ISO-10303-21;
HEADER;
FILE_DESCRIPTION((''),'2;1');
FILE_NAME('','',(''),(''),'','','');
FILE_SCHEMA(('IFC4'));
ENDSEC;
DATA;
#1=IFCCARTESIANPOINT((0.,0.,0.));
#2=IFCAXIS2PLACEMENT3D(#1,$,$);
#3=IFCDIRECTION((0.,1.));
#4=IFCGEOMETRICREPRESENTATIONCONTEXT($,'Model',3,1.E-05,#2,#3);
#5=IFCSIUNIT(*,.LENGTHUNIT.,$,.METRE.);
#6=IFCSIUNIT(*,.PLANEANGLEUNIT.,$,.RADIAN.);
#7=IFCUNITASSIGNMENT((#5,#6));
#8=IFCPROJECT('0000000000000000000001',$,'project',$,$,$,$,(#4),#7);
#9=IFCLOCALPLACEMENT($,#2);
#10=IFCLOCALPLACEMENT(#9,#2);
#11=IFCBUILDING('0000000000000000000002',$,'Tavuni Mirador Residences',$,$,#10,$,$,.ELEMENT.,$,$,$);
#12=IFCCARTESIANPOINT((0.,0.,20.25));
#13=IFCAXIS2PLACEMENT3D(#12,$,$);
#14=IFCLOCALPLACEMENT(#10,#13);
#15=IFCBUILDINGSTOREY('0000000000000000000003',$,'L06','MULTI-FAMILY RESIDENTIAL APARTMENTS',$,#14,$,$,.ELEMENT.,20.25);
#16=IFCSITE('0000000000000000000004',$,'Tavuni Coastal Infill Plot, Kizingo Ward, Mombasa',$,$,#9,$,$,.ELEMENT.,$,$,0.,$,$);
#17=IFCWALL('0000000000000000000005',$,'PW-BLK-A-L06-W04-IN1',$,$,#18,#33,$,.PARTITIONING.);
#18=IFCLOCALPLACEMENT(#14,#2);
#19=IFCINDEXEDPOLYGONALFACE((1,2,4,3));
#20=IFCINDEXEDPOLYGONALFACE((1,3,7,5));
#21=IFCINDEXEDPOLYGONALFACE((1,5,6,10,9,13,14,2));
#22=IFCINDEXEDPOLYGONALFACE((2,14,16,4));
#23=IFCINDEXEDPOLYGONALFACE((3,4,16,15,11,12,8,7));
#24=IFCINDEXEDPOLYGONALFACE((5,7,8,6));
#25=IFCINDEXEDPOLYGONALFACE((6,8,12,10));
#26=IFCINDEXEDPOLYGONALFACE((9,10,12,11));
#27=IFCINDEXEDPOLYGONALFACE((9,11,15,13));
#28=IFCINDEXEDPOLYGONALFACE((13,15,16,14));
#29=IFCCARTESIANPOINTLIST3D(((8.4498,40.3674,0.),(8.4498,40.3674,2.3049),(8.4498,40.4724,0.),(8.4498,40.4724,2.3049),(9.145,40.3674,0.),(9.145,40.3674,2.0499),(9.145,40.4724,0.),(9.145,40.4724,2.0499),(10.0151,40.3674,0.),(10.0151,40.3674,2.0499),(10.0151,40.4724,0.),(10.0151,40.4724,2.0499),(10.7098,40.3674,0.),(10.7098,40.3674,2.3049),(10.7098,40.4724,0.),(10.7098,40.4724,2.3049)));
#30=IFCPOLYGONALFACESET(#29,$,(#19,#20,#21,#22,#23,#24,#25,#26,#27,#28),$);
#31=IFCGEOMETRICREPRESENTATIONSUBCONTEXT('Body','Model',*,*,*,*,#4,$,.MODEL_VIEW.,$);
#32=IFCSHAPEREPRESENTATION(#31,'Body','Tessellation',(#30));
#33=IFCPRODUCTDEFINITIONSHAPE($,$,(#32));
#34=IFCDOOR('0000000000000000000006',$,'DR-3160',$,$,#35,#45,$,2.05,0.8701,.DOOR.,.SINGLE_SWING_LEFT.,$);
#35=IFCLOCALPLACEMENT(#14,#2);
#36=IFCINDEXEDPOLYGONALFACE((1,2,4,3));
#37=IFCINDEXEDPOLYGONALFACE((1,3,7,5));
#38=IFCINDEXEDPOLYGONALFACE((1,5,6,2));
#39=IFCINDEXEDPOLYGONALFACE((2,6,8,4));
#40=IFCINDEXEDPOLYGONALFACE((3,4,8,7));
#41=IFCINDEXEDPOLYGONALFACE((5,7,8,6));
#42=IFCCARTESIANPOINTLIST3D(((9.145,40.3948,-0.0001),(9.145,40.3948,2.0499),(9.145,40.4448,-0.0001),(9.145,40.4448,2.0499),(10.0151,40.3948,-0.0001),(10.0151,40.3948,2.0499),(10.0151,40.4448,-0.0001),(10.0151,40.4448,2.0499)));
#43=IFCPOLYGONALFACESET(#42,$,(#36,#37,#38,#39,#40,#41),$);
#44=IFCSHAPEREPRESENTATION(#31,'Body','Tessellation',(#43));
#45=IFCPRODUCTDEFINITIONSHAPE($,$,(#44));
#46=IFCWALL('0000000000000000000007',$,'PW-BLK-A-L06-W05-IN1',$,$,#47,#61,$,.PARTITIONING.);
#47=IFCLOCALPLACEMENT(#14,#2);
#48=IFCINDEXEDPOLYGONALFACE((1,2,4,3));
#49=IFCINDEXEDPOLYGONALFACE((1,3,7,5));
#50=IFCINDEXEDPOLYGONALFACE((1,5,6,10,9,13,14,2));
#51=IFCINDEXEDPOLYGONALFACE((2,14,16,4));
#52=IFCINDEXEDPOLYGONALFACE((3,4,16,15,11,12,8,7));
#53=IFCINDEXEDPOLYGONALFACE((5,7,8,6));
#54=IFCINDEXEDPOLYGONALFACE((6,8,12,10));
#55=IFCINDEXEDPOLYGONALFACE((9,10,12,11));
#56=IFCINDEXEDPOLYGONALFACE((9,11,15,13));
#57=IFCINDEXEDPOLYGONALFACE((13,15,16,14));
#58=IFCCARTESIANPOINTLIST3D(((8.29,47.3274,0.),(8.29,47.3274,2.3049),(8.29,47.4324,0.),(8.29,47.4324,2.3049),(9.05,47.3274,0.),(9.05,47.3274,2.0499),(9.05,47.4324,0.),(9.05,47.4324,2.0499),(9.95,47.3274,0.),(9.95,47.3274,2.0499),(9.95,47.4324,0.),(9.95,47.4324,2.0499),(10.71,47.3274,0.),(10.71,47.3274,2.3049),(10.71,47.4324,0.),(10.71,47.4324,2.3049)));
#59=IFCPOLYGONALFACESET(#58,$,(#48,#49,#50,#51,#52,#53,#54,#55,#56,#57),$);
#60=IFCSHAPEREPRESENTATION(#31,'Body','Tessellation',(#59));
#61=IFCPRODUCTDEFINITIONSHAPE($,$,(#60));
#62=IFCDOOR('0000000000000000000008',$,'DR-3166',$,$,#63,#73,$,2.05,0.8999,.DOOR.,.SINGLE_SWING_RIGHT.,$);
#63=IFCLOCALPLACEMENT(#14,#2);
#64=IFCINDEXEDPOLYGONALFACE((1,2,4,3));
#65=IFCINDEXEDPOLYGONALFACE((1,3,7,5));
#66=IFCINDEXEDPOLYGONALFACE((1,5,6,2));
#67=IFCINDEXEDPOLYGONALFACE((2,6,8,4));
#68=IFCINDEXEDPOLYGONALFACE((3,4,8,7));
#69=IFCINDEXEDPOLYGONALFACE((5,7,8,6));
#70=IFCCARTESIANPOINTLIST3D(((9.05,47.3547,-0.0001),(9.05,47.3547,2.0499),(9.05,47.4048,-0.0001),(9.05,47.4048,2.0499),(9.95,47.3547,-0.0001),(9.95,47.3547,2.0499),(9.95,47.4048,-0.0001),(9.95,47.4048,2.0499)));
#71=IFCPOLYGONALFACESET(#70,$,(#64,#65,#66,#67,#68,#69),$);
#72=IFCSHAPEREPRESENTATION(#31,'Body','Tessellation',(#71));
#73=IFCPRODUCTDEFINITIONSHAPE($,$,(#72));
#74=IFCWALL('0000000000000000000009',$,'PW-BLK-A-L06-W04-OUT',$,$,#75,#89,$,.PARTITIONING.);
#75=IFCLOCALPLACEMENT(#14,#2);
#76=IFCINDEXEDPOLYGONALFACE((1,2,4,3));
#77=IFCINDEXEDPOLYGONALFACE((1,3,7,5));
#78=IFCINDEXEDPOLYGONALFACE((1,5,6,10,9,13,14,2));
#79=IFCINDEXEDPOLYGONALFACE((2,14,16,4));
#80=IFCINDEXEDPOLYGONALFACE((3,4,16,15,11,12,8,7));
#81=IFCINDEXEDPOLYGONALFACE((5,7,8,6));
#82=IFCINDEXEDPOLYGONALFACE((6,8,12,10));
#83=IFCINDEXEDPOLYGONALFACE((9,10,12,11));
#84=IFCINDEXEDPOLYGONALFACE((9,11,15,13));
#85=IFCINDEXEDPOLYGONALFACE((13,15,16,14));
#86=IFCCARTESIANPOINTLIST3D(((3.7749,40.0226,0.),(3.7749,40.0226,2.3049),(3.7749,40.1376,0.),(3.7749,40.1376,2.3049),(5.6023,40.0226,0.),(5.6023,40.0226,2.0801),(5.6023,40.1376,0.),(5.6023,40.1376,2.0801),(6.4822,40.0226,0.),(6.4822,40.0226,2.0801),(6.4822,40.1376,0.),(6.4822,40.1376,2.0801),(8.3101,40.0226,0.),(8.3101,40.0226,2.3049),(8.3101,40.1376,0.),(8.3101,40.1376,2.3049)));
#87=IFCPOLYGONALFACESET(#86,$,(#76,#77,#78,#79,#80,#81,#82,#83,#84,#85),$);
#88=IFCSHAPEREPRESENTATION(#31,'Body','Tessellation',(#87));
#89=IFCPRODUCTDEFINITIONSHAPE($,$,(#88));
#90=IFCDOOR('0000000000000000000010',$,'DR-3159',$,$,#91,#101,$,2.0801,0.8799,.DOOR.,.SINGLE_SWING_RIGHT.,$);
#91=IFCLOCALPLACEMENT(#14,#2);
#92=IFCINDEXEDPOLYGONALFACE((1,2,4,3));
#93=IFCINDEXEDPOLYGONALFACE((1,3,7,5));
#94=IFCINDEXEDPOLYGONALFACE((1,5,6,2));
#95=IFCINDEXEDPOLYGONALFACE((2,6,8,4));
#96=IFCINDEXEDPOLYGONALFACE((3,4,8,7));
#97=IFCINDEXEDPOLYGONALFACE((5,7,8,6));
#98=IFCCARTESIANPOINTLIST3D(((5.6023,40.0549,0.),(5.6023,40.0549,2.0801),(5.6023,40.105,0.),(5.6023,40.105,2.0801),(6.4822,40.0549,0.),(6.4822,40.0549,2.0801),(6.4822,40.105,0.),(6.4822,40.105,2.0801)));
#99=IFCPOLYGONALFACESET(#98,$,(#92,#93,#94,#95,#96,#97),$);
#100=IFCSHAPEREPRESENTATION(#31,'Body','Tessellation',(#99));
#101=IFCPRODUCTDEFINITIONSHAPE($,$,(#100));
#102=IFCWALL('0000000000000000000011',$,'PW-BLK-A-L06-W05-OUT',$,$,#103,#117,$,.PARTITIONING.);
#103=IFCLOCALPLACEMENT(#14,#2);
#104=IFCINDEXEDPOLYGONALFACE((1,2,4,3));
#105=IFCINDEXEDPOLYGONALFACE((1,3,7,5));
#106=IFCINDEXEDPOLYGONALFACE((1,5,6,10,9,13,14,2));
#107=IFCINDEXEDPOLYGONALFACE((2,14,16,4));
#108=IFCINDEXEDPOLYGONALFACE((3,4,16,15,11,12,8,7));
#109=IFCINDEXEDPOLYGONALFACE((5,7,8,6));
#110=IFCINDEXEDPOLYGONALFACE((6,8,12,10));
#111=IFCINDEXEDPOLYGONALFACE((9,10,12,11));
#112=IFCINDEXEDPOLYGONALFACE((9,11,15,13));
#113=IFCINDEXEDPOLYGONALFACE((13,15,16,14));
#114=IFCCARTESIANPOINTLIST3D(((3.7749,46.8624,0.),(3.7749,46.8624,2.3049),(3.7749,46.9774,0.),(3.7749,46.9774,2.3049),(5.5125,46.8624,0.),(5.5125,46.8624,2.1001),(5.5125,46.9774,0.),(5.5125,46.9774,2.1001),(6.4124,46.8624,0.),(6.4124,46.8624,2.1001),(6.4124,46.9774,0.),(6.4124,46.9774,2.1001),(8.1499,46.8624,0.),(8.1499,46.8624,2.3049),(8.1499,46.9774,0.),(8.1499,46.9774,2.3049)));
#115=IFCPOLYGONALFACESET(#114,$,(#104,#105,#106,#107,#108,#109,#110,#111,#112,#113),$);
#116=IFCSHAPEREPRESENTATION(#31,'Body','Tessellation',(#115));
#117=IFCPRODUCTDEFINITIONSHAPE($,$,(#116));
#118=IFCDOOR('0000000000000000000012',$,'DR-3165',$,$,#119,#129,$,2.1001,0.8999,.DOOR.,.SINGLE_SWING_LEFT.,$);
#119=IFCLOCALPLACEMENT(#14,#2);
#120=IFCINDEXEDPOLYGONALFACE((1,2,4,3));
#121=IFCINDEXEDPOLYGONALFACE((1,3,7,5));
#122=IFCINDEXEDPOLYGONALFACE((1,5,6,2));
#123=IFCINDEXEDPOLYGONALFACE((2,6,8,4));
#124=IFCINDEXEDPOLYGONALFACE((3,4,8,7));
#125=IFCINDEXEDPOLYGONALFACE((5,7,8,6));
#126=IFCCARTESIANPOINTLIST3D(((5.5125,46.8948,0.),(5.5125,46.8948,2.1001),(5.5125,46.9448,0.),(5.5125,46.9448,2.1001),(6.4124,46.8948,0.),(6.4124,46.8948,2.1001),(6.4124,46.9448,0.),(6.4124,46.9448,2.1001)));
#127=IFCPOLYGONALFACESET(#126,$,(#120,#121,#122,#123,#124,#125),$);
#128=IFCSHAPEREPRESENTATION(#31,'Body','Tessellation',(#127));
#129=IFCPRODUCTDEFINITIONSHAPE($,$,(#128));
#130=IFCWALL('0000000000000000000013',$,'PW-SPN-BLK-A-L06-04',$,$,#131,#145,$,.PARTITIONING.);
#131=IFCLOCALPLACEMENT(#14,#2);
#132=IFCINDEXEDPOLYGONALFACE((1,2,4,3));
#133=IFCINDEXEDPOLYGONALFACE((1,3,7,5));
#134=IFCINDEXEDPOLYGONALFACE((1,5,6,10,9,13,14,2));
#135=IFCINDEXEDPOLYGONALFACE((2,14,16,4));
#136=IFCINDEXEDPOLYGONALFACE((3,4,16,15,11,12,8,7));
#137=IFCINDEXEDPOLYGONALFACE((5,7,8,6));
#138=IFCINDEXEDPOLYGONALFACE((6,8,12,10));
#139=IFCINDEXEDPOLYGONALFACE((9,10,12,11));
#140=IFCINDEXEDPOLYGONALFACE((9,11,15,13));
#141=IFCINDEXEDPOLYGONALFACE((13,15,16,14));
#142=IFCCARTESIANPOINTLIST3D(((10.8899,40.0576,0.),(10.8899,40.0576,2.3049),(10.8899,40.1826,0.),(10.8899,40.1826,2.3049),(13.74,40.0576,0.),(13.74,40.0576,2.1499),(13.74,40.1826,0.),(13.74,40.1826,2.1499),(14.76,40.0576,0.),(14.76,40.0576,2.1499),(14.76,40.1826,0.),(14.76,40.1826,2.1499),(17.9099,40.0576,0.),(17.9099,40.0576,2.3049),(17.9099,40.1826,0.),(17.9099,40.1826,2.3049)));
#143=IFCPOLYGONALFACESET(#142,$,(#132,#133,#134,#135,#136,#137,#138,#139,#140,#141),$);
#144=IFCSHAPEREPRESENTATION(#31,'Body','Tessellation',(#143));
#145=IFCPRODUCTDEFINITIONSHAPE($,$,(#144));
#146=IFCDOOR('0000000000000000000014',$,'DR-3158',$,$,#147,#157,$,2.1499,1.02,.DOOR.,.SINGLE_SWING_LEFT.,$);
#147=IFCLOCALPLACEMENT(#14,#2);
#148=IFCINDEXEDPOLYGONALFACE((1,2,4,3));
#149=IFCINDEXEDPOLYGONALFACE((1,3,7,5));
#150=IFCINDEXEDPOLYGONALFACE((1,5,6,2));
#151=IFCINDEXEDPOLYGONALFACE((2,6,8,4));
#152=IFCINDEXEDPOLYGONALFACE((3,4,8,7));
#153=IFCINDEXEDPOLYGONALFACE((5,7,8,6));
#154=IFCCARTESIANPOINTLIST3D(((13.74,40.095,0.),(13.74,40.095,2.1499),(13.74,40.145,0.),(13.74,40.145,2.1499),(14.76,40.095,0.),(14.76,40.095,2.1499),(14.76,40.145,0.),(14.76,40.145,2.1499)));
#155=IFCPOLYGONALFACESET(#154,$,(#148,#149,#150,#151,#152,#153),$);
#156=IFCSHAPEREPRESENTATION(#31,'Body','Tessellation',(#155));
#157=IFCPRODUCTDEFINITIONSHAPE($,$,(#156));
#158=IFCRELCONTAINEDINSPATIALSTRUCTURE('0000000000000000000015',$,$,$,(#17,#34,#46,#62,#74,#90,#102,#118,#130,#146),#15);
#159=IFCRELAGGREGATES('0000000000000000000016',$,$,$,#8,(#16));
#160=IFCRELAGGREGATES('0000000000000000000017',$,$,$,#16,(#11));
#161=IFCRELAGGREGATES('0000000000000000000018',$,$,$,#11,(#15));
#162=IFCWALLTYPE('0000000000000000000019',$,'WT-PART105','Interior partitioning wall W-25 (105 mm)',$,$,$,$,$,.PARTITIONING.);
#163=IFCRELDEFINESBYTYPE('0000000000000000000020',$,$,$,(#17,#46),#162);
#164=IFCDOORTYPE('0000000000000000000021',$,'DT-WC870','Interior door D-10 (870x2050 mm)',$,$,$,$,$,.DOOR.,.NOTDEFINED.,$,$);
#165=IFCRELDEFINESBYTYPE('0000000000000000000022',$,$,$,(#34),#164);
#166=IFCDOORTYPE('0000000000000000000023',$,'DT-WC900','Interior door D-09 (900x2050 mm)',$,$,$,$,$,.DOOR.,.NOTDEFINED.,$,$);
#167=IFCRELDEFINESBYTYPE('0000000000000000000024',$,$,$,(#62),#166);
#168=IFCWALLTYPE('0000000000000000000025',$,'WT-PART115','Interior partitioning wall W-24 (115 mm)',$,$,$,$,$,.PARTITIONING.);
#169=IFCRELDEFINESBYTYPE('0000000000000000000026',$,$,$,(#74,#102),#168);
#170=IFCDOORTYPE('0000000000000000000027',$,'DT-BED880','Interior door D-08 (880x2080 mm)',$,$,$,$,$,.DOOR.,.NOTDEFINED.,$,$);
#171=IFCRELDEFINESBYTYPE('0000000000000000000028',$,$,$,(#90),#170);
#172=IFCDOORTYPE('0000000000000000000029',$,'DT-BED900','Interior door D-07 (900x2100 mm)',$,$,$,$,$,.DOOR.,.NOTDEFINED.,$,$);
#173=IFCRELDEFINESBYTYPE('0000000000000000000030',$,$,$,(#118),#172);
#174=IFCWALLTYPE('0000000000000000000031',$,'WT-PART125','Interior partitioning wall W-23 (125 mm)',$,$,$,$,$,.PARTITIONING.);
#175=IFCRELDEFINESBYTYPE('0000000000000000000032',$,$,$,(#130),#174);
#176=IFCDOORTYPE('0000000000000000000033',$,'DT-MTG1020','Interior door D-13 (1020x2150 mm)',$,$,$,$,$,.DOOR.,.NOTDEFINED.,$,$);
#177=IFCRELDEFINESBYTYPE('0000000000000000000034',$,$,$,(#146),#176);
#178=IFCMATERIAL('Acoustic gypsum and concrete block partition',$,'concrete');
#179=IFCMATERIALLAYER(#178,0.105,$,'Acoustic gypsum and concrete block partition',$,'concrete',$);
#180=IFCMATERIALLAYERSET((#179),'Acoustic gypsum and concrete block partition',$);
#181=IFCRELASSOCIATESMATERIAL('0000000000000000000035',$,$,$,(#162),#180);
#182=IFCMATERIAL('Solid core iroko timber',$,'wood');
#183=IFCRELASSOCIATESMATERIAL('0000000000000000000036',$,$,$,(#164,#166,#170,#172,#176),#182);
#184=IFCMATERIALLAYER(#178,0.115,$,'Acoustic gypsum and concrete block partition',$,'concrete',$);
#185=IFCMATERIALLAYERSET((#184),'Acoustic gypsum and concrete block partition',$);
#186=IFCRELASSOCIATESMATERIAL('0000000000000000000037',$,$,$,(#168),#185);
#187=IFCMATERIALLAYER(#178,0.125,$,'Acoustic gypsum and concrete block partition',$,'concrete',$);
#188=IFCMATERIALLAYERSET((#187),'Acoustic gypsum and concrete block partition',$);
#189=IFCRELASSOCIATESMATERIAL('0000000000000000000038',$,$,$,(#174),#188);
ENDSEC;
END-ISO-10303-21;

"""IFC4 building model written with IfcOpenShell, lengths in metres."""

from ifc_helpers import new_model, si_unit, direction, frame, frame_2d, origin, place, context, subcontext, project, spatial, rectangle, extrude, material, layer, layer_set, type_object, element, fill, save


model = new_model("IFC4")

# Units and contexts
model_context = context("Model", 3, precision=1e-05, world=origin(), true_north=direction((0.0, 1.0)))
body_context = subcontext(model_context, "Body", "Model", "MODEL_VIEW")
ifc_project = project(units=[si_unit("LENGTHUNIT", "METRE"), si_unit("PLANEANGLEUNIT", "RADIAN")], contexts=[model_context])

# Site, building, storey
site_placement = place(None, origin())
site = spatial("IfcSite", under=ifc_project, at=site_placement, Name="Tavuni Coastal Infill Plot, Kizingo Ward, Mombasa", CompositionType="ELEMENT", RefElevation=0.0)
building_placement = place(site_placement, origin())
building = spatial("IfcBuilding", under=site, at=building_placement, Name="Tavuni Mirador Residences", CompositionType="ELEMENT")
storey_placement = place(building_placement, frame((0.0, 0.0, 20.25)))
storey = spatial("IfcBuildingStorey", under=building, at=storey_placement, Name="L06", Description="MULTI-FAMILY RESIDENTIAL APARTMENTS", CompositionType="ELEMENT", Elevation=20.25)

# Shared definitions
ifc_material_1 = material(Name="Solid core iroko timber", Category="wood")

# Walls, openings, doors
ifc_material_2 = material(Name="Acoustic gypsum and concrete block partition", Category="concrete")
ifc_layer_1 = layer(ifc_material_2, 0.105, Name="Acoustic gypsum and concrete block partition", Category="concrete")
ifc_layer_set_1 = layer_set([ifc_layer_1], Name="Acoustic gypsum and concrete block partition")
wall_type_1 = type_object("IfcWallType", Name="WT-PART105", Description="Interior partitioning wall W-25 (105 mm)", PredefinedType="PARTITIONING", material=ifc_layer_set_1)
wall_1_placement = place(storey_placement, frame((8.45, 40.4199, 0.0), z_axis=(0.0, 0.0, 1.0), x_axis=(1.0, 0.0, 0.0)))
wall_1 = element("IfcWall", 1, at=wall_1_placement, inside=storey, type_object=wall_type_1, Name="PW-BLK-A-L06-W04-IN1", PredefinedType="PARTITIONING", context=body_context, shape_type="SweptSolid", body=[
    extrude(rectangle(XDim=2.26, YDim=0.105, at=frame_2d((1.1299, 0.0))), origin(), (0.0, 0.0, 1.0), 2.3049),
])
opening_1_placement = place(wall_1_placement, frame((0.6951, 0.0, 0.0)))
opening_1 = element("IfcOpeningElement", 2, at=opening_1_placement, cuts=wall_1, PredefinedType="OPENING", context=body_context, shape_type="SweptSolid", body=[
    extrude(rectangle(XDim=0.8701, YDim=2.05, at=frame_2d((0.4351, 1.0249))), frame((0.0, 0.0625, 0.0), z_axis=(0.0, -1.0, 0.0), x_axis=(1.0, 0.0, 0.0)), (0.0, 0.0, 1.0), 0.125),
])
door_type_1 = type_object("IfcDoorType", Name="DT-WC870", Description="Interior door D-10 (870x2050 mm)", OperationType="NOTDEFINED", PredefinedType="DOOR", material=ifc_material_1)
door_1_placement = place(opening_1_placement, origin())
door_1 = element("IfcDoor", 3, at=door_1_placement, inside=storey, type_object=door_type_1, Name="DR-3160", OperationType="SINGLE_SWING_LEFT", OverallHeight=2.05, OverallWidth=0.8701, PredefinedType="DOOR", context=body_context, shape_type="SweptSolid", body=[
    extrude(rectangle(XDim=0.8701, YDim=2.05, at=frame_2d((0.4351, 1.0249))), frame((0.0, 0.0249, 0.0), z_axis=(0.0, -1.0, 0.0), x_axis=(1.0, 0.0, 0.0)), (0.0, 0.0, 1.0), 0.05),
])
fill(opening_1, door_1)
wall_2_placement = place(storey_placement, frame((8.29, 47.3799, 0.0), z_axis=(0.0, 0.0, 1.0), x_axis=(1.0, 0.0, 0.0)))
wall_2 = element("IfcWall", 4, at=wall_2_placement, inside=storey, type_object=wall_type_1, Name="PW-BLK-A-L06-W05-IN1", PredefinedType="PARTITIONING", context=body_context, shape_type="SweptSolid", body=[
    extrude(rectangle(XDim=2.4199, YDim=0.105, at=frame_2d((1.21, 0.0))), origin(), (0.0, 0.0, 1.0), 2.3049),
])
opening_2_placement = place(wall_2_placement, frame((0.76, 0.0, 0.0)))
opening_2 = element("IfcOpeningElement", 5, at=opening_2_placement, cuts=wall_2, PredefinedType="OPENING", context=body_context, shape_type="SweptSolid", body=[
    extrude(rectangle(XDim=0.8999, YDim=2.05, at=frame_2d((0.45, 1.0249))), frame((0.0, 0.0625, 0.0), z_axis=(0.0, -1.0, 0.0), x_axis=(1.0, 0.0, 0.0)), (0.0, 0.0, 1.0), 0.125),
])
door_type_2 = type_object("IfcDoorType", Name="DT-WC900", Description="Interior door D-09 (900x2050 mm)", OperationType="NOTDEFINED", PredefinedType="DOOR", material=ifc_material_1)
door_2_placement = place(opening_2_placement, origin())
door_2 = element("IfcDoor", 6, at=door_2_placement, inside=storey, type_object=door_type_2, Name="DR-3166", OperationType="SINGLE_SWING_RIGHT", OverallHeight=2.05, OverallWidth=0.8999, PredefinedType="DOOR", context=body_context, shape_type="SweptSolid", body=[
    extrude(rectangle(XDim=0.8999, YDim=2.05, at=frame_2d((0.45, 1.0249))), frame((0.0, 0.0249, 0.0), z_axis=(0.0, -1.0, 0.0), x_axis=(1.0, 0.0, 0.0)), (0.0, 0.0, 1.0), 0.05),
])
fill(opening_2, door_2)
ifc_layer_2 = layer(ifc_material_2, 0.115, Name="Acoustic gypsum and concrete block partition", Category="concrete")
ifc_layer_set_2 = layer_set([ifc_layer_2], Name="Acoustic gypsum and concrete block partition")
wall_type_2 = type_object("IfcWallType", Name="WT-PART115", Description="Interior partitioning wall W-24 (115 mm)", PredefinedType="PARTITIONING", material=ifc_layer_set_2)
wall_3_placement = place(storey_placement, frame((3.7749, 40.0801, 0.0), z_axis=(0.0, 0.0, 1.0), x_axis=(1.0, 0.0, 0.0)))
wall_3 = element("IfcWall", 7, at=wall_3_placement, inside=storey, type_object=wall_type_2, Name="PW-BLK-A-L06-W04-OUT", PredefinedType="PARTITIONING", context=body_context, shape_type="SweptSolid", body=[
    extrude(rectangle(XDim=4.5352, YDim=0.115, at=frame_2d((2.2676, 0.0))), origin(), (0.0, 0.0, 1.0), 2.3049),
])
opening_3_placement = place(wall_3_placement, frame((1.8274, 0.0, 0.0)))
opening_3 = element("IfcOpeningElement", 8, at=opening_3_placement, cuts=wall_3, PredefinedType="OPENING", context=body_context, shape_type="SweptSolid", body=[
    extrude(rectangle(XDim=0.8799, YDim=2.0801, at=frame_2d((0.4399, 1.04))), frame((0.0, 0.0674, 0.0), z_axis=(0.0, -1.0, 0.0), x_axis=(1.0, 0.0, 0.0)), (0.0, 0.0, 1.0), 0.135),
])
door_type_3 = type_object("IfcDoorType", Name="DT-BED880", Description="Interior door D-08 (880x2080 mm)", OperationType="NOTDEFINED", PredefinedType="DOOR", material=ifc_material_1)
door_3_placement = place(opening_3_placement, origin())
door_3 = element("IfcDoor", 9, at=door_3_placement, inside=storey, type_object=door_type_3, Name="DR-3159", OperationType="SINGLE_SWING_RIGHT", OverallHeight=2.0801, OverallWidth=0.8799, PredefinedType="DOOR", context=body_context, shape_type="SweptSolid", body=[
    extrude(rectangle(XDim=0.8799, YDim=2.0801, at=frame_2d((0.4399, 1.04))), frame((0.0, 0.0249, 0.0), z_axis=(0.0, -1.0, 0.0), x_axis=(1.0, 0.0, 0.0)), (0.0, 0.0, 1.0), 0.05),
])
fill(opening_3, door_3)
wall_4_placement = place(storey_placement, frame((3.7749, 46.9199, 0.0), z_axis=(0.0, 0.0, 1.0), x_axis=(1.0, 0.0, 0.0)))
wall_4 = element("IfcWall", 10, at=wall_4_placement, inside=storey, type_object=wall_type_2, Name="PW-BLK-A-L06-W05-OUT", PredefinedType="PARTITIONING", context=body_context, shape_type="SweptSolid", body=[
    extrude(rectangle(XDim=4.375, YDim=0.115, at=frame_2d((2.1875, 0.0))), origin(), (0.0, 0.0, 1.0), 2.3049),
])
opening_4_placement = place(wall_4_placement, frame((1.7375, 0.0, 0.0)))
opening_4 = element("IfcOpeningElement", 11, at=opening_4_placement, cuts=wall_4, PredefinedType="OPENING", context=body_context, shape_type="SweptSolid", body=[
    extrude(rectangle(XDim=0.8999, YDim=2.1001, at=frame_2d((0.45, 1.05))), frame((0.0, 0.0674, 0.0), z_axis=(0.0, -1.0, 0.0), x_axis=(1.0, 0.0, 0.0)), (0.0, 0.0, 1.0), 0.135),
])
door_type_4 = type_object("IfcDoorType", Name="DT-BED900", Description="Interior door D-07 (900x2100 mm)", OperationType="NOTDEFINED", PredefinedType="DOOR", material=ifc_material_1)
door_4_placement = place(opening_4_placement, origin())
door_4 = element("IfcDoor", 12, at=door_4_placement, inside=storey, type_object=door_type_4, Name="DR-3165", OperationType="SINGLE_SWING_LEFT", OverallHeight=2.1001, OverallWidth=0.8999, PredefinedType="DOOR", context=body_context, shape_type="SweptSolid", body=[
    extrude(rectangle(XDim=0.8999, YDim=2.1001, at=frame_2d((0.45, 1.05))), frame((0.0, 0.0249, 0.0), z_axis=(0.0, -1.0, 0.0), x_axis=(1.0, 0.0, 0.0)), (0.0, 0.0, 1.0), 0.05),
])
fill(opening_4, door_4)
ifc_layer_3 = layer(ifc_material_2, 0.125, Name="Acoustic gypsum and concrete block partition", Category="concrete")
ifc_layer_set_3 = layer_set([ifc_layer_3], Name="Acoustic gypsum and concrete block partition")
wall_type_3 = type_object("IfcWallType", Name="WT-PART125", Description="Interior partitioning wall W-23 (125 mm)", PredefinedType="PARTITIONING", material=ifc_layer_set_3)
wall_5_placement = place(storey_placement, frame((10.8899, 40.1201, 0.0), z_axis=(0.0, 0.0, 1.0), x_axis=(1.0, 0.0, 0.0)))
wall_5 = element("IfcWall", 13, at=wall_5_placement, inside=storey, type_object=wall_type_3, Name="PW-SPN-BLK-A-L06-04", PredefinedType="PARTITIONING", context=body_context, shape_type="SweptSolid", body=[
    extrude(rectangle(XDim=7.02, YDim=0.125, at=frame_2d((3.51, 0.0))), origin(), (0.0, 0.0, 1.0), 2.3049),
])
opening_5_placement = place(wall_5_placement, frame((2.8501, 0.0, 0.0)))
opening_5 = element("IfcOpeningElement", 14, at=opening_5_placement, cuts=wall_5, PredefinedType="OPENING", context=body_context, shape_type="SweptSolid", body=[
    extrude(rectangle(XDim=1.02, YDim=2.1499, at=frame_2d((0.51, 1.075))), frame((0.0, 0.0725, 0.0), z_axis=(0.0, -1.0, 0.0), x_axis=(1.0, 0.0, 0.0)), (0.0, 0.0, 1.0), 0.145),
])
door_type_5 = type_object("IfcDoorType", Name="DT-MTG1020", Description="Interior door D-13 (1020x2150 mm)", OperationType="NOTDEFINED", PredefinedType="DOOR", material=ifc_material_1)
door_5_placement = place(opening_5_placement, origin())
door_5 = element("IfcDoor", 15, at=door_5_placement, inside=storey, type_object=door_type_5, Name="DR-3158", OperationType="SINGLE_SWING_LEFT", OverallHeight=2.1499, OverallWidth=1.02, PredefinedType="DOOR", context=body_context, shape_type="SweptSolid", body=[
    extrude(rectangle(XDim=1.02, YDim=2.1499, at=frame_2d((0.51, 1.075))), frame((0.0, 0.0249, 0.0), z_axis=(0.0, -1.0, 0.0), x_axis=(1.0, 0.0, 0.0)), (0.0, 0.0, 1.0), 0.05),
])
fill(opening_5, door_5)

save(model, "model.ifc")
